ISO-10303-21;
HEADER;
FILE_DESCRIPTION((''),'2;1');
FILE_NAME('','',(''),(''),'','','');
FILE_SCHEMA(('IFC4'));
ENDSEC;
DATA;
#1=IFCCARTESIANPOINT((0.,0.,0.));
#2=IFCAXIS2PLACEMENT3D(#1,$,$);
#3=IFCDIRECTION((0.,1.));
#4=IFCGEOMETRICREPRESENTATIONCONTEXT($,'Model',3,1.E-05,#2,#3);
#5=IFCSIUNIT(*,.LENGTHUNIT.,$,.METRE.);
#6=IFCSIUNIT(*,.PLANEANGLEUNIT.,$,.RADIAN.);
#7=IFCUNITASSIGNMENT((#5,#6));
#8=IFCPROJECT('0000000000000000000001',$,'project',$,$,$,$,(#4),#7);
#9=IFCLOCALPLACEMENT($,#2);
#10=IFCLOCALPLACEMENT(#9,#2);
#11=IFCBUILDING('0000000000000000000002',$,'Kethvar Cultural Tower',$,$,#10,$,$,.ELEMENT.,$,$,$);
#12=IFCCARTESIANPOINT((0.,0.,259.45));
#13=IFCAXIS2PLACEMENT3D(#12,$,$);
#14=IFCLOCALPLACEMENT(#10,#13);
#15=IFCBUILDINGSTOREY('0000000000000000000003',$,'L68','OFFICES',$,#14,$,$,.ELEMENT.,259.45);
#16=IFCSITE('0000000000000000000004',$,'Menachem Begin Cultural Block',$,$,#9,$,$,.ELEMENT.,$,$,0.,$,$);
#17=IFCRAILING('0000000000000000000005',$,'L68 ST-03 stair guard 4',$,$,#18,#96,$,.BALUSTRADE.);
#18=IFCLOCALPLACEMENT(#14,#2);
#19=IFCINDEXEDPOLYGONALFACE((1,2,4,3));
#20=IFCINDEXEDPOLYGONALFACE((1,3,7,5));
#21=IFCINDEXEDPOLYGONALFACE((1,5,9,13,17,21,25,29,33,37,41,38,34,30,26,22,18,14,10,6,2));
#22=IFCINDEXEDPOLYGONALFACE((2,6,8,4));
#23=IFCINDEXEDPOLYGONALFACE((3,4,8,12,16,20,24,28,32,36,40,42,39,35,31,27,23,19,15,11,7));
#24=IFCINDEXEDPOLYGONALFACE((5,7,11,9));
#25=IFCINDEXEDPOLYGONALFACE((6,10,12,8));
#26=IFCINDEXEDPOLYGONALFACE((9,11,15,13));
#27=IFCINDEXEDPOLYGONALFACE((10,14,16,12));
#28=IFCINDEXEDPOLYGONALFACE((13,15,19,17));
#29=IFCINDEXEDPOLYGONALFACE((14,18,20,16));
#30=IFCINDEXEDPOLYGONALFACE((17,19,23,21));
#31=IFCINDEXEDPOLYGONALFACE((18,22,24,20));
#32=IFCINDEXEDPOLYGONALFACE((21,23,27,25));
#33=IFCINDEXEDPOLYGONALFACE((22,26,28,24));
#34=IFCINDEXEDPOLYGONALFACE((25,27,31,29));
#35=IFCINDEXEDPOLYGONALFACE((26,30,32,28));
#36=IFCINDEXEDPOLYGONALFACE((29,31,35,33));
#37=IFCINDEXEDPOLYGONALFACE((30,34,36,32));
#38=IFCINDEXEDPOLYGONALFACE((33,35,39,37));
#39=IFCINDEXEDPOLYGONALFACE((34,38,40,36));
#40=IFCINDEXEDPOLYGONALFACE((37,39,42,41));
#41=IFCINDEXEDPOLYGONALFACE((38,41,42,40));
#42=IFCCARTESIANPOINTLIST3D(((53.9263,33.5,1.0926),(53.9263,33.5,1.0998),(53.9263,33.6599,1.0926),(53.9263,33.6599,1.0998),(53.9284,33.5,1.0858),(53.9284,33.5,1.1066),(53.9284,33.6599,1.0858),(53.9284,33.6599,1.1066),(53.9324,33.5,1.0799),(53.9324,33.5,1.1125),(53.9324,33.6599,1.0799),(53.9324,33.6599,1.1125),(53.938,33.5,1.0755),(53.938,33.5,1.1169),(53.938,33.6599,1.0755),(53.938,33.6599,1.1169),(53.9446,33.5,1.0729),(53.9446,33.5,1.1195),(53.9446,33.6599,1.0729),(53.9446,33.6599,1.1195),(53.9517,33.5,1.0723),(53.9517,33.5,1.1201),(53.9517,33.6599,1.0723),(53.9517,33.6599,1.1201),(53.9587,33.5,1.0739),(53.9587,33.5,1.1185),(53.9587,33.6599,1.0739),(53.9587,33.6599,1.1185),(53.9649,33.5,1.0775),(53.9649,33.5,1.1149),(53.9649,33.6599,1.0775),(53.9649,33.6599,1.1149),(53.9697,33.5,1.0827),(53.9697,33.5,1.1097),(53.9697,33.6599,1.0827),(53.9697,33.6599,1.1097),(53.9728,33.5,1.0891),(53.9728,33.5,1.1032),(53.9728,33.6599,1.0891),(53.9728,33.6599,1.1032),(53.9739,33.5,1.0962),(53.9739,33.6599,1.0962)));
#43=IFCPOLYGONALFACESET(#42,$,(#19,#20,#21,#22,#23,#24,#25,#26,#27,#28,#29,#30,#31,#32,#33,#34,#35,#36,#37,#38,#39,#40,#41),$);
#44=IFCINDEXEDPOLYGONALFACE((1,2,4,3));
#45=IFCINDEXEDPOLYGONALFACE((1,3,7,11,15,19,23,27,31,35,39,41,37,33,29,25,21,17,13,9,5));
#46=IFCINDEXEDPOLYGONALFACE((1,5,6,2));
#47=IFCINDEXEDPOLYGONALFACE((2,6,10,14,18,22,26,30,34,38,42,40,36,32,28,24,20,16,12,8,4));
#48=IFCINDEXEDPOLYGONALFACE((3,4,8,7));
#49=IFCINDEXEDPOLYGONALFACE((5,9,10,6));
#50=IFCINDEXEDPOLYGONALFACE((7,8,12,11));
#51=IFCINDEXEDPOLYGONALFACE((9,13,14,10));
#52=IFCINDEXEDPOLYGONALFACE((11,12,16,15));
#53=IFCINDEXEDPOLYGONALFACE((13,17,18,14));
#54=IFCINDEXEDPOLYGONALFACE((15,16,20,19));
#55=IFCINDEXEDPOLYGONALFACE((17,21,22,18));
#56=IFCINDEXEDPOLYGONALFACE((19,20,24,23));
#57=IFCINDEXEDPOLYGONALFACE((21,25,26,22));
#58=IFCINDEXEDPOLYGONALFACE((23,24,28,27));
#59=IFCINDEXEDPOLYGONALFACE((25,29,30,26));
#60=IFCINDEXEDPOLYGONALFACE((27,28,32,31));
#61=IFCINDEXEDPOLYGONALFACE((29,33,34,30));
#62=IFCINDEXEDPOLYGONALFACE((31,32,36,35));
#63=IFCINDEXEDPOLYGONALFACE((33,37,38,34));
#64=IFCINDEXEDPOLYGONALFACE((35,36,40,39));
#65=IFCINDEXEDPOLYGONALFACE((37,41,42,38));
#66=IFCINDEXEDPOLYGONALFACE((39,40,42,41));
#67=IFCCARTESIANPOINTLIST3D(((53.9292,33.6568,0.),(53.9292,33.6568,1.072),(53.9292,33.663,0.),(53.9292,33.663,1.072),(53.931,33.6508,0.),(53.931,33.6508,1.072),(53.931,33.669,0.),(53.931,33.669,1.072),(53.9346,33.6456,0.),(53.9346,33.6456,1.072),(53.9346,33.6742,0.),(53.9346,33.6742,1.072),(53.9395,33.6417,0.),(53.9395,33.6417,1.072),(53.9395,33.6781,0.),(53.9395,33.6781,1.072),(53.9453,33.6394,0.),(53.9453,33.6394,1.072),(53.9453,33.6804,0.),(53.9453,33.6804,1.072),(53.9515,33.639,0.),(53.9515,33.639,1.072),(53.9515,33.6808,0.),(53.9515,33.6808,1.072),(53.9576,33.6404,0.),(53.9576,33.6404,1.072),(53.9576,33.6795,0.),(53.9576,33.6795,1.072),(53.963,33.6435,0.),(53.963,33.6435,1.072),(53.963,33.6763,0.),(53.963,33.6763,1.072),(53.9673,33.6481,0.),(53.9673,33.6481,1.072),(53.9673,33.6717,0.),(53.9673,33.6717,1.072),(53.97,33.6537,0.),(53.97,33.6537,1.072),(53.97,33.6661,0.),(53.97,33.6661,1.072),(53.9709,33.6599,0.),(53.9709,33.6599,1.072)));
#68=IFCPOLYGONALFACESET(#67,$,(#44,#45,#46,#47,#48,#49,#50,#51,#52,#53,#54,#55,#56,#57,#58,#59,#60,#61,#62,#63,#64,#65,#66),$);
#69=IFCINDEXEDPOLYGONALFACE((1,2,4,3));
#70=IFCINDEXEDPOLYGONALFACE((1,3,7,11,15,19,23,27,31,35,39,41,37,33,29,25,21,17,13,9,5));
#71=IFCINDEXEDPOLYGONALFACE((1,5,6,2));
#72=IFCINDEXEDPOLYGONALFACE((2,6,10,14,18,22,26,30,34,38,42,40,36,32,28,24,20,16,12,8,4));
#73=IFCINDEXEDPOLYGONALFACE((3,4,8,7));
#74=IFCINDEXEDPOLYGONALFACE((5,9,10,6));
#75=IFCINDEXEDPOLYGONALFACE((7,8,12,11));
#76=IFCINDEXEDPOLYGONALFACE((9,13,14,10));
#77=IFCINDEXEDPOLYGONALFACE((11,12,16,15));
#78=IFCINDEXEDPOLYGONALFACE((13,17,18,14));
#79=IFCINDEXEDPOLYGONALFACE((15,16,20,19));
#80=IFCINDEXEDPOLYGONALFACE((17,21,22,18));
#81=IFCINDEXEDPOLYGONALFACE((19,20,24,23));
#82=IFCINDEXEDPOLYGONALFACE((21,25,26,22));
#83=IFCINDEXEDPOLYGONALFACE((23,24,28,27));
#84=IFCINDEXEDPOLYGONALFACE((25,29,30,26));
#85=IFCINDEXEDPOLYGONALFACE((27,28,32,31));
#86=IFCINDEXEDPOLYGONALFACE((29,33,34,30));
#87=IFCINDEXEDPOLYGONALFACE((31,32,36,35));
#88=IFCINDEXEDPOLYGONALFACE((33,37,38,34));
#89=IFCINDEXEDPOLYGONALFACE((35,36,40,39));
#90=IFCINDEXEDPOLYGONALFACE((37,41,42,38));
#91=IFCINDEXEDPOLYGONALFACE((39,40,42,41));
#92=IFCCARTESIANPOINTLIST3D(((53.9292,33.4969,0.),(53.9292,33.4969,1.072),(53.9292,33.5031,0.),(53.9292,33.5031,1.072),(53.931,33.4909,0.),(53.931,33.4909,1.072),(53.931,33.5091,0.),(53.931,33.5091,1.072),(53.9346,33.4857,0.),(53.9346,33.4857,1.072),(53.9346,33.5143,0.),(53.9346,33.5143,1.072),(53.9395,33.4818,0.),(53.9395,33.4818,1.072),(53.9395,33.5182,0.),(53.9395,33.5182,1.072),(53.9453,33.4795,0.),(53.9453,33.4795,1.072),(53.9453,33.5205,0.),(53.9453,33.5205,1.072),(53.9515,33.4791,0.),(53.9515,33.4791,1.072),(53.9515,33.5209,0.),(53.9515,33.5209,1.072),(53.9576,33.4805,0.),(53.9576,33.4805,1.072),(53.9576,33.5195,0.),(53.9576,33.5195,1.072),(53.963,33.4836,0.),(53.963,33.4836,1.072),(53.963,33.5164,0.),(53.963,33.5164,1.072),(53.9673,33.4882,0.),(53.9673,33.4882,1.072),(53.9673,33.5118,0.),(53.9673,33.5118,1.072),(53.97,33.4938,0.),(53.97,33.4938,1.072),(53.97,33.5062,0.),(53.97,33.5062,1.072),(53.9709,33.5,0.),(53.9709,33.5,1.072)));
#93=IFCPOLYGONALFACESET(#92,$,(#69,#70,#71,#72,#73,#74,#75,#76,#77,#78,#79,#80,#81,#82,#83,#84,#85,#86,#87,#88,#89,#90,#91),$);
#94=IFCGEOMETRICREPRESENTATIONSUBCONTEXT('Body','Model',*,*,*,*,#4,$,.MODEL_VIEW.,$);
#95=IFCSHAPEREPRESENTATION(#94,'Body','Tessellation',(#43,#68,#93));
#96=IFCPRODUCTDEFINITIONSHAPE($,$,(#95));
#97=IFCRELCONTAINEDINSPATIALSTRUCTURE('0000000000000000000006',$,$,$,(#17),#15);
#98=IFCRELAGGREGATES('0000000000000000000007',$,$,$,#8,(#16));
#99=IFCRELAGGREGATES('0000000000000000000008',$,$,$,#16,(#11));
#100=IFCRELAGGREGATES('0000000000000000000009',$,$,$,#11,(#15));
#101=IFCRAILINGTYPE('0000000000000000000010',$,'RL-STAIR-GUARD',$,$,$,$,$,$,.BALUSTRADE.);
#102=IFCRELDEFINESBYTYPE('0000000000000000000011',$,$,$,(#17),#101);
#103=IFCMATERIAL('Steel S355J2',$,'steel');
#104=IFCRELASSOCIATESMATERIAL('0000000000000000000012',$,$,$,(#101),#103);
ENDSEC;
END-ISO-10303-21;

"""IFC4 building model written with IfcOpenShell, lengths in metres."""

from ifc_helpers import new_model, si_unit, direction, frame, origin, origin_2d, place, context, subcontext, project, spatial, circle, extrude, material, type_object, element, save


model = new_model("IFC4")

# Units and contexts
model_context = context("Model", 3, precision=1e-05, world=origin(), true_north=direction((0.0, 1.0)))
body_context = subcontext(model_context, "Body", "Model", "MODEL_VIEW")
ifc_project = project(units=[si_unit("LENGTHUNIT", "METRE"), si_unit("PLANEANGLEUNIT", "RADIAN")], contexts=[model_context])

# Site, building, storey
site_placement = place(None, origin())
site = spatial("IfcSite", under=ifc_project, at=site_placement, Name="Menachem Begin Cultural Block", CompositionType="ELEMENT", RefElevation=0.0)
building_placement = place(site_placement, origin())
building = spatial("IfcBuilding", under=site, at=building_placement, Name="Kethvar Cultural Tower", CompositionType="ELEMENT")
storey_placement = place(building_placement, frame((0.0, 0.0, 259.45)))
storey = spatial("IfcBuildingStorey", under=building, at=storey_placement, Name="L68", Description="OFFICES", CompositionType="ELEMENT", Elevation=259.45)

# Shared definitions
ifc_material_1 = material(Name="Steel S355J2", Category="steel")

# Railing
railing_type_1 = type_object("IfcRailingType", Name="RL-STAIR-GUARD", PredefinedType="BALUSTRADE", material=ifc_material_1)
railing_1_placement = place(storey_placement, frame((53.95, 33.6599, 0.0)))
element("IfcRailing", 1, at=railing_1_placement, inside=storey, type_object=railing_type_1, Name="L68 ST-03 stair guard 4", PredefinedType="BALUSTRADE", context=body_context, shape_type="SweptSolid", body=[
    extrude(circle(Radius=0.0239, at=origin_2d()), frame((0.0, 0.0, 1.0962), z_axis=(0.0, -1.0, 0.0), x_axis=(1.0, 0.0, 0.0)), (0.0, 0.0, 1.0), 0.1599),
    extrude(circle(Radius=0.021, at=origin_2d()), origin(), (0.0, 0.0, 1.0), 1.072),
    extrude(circle(Radius=0.021, at=origin_2d()), frame((0.0, -0.1599, 0.0)), (0.0, 0.0, 1.0), 1.072),
])

save(model, "model.ifc")
